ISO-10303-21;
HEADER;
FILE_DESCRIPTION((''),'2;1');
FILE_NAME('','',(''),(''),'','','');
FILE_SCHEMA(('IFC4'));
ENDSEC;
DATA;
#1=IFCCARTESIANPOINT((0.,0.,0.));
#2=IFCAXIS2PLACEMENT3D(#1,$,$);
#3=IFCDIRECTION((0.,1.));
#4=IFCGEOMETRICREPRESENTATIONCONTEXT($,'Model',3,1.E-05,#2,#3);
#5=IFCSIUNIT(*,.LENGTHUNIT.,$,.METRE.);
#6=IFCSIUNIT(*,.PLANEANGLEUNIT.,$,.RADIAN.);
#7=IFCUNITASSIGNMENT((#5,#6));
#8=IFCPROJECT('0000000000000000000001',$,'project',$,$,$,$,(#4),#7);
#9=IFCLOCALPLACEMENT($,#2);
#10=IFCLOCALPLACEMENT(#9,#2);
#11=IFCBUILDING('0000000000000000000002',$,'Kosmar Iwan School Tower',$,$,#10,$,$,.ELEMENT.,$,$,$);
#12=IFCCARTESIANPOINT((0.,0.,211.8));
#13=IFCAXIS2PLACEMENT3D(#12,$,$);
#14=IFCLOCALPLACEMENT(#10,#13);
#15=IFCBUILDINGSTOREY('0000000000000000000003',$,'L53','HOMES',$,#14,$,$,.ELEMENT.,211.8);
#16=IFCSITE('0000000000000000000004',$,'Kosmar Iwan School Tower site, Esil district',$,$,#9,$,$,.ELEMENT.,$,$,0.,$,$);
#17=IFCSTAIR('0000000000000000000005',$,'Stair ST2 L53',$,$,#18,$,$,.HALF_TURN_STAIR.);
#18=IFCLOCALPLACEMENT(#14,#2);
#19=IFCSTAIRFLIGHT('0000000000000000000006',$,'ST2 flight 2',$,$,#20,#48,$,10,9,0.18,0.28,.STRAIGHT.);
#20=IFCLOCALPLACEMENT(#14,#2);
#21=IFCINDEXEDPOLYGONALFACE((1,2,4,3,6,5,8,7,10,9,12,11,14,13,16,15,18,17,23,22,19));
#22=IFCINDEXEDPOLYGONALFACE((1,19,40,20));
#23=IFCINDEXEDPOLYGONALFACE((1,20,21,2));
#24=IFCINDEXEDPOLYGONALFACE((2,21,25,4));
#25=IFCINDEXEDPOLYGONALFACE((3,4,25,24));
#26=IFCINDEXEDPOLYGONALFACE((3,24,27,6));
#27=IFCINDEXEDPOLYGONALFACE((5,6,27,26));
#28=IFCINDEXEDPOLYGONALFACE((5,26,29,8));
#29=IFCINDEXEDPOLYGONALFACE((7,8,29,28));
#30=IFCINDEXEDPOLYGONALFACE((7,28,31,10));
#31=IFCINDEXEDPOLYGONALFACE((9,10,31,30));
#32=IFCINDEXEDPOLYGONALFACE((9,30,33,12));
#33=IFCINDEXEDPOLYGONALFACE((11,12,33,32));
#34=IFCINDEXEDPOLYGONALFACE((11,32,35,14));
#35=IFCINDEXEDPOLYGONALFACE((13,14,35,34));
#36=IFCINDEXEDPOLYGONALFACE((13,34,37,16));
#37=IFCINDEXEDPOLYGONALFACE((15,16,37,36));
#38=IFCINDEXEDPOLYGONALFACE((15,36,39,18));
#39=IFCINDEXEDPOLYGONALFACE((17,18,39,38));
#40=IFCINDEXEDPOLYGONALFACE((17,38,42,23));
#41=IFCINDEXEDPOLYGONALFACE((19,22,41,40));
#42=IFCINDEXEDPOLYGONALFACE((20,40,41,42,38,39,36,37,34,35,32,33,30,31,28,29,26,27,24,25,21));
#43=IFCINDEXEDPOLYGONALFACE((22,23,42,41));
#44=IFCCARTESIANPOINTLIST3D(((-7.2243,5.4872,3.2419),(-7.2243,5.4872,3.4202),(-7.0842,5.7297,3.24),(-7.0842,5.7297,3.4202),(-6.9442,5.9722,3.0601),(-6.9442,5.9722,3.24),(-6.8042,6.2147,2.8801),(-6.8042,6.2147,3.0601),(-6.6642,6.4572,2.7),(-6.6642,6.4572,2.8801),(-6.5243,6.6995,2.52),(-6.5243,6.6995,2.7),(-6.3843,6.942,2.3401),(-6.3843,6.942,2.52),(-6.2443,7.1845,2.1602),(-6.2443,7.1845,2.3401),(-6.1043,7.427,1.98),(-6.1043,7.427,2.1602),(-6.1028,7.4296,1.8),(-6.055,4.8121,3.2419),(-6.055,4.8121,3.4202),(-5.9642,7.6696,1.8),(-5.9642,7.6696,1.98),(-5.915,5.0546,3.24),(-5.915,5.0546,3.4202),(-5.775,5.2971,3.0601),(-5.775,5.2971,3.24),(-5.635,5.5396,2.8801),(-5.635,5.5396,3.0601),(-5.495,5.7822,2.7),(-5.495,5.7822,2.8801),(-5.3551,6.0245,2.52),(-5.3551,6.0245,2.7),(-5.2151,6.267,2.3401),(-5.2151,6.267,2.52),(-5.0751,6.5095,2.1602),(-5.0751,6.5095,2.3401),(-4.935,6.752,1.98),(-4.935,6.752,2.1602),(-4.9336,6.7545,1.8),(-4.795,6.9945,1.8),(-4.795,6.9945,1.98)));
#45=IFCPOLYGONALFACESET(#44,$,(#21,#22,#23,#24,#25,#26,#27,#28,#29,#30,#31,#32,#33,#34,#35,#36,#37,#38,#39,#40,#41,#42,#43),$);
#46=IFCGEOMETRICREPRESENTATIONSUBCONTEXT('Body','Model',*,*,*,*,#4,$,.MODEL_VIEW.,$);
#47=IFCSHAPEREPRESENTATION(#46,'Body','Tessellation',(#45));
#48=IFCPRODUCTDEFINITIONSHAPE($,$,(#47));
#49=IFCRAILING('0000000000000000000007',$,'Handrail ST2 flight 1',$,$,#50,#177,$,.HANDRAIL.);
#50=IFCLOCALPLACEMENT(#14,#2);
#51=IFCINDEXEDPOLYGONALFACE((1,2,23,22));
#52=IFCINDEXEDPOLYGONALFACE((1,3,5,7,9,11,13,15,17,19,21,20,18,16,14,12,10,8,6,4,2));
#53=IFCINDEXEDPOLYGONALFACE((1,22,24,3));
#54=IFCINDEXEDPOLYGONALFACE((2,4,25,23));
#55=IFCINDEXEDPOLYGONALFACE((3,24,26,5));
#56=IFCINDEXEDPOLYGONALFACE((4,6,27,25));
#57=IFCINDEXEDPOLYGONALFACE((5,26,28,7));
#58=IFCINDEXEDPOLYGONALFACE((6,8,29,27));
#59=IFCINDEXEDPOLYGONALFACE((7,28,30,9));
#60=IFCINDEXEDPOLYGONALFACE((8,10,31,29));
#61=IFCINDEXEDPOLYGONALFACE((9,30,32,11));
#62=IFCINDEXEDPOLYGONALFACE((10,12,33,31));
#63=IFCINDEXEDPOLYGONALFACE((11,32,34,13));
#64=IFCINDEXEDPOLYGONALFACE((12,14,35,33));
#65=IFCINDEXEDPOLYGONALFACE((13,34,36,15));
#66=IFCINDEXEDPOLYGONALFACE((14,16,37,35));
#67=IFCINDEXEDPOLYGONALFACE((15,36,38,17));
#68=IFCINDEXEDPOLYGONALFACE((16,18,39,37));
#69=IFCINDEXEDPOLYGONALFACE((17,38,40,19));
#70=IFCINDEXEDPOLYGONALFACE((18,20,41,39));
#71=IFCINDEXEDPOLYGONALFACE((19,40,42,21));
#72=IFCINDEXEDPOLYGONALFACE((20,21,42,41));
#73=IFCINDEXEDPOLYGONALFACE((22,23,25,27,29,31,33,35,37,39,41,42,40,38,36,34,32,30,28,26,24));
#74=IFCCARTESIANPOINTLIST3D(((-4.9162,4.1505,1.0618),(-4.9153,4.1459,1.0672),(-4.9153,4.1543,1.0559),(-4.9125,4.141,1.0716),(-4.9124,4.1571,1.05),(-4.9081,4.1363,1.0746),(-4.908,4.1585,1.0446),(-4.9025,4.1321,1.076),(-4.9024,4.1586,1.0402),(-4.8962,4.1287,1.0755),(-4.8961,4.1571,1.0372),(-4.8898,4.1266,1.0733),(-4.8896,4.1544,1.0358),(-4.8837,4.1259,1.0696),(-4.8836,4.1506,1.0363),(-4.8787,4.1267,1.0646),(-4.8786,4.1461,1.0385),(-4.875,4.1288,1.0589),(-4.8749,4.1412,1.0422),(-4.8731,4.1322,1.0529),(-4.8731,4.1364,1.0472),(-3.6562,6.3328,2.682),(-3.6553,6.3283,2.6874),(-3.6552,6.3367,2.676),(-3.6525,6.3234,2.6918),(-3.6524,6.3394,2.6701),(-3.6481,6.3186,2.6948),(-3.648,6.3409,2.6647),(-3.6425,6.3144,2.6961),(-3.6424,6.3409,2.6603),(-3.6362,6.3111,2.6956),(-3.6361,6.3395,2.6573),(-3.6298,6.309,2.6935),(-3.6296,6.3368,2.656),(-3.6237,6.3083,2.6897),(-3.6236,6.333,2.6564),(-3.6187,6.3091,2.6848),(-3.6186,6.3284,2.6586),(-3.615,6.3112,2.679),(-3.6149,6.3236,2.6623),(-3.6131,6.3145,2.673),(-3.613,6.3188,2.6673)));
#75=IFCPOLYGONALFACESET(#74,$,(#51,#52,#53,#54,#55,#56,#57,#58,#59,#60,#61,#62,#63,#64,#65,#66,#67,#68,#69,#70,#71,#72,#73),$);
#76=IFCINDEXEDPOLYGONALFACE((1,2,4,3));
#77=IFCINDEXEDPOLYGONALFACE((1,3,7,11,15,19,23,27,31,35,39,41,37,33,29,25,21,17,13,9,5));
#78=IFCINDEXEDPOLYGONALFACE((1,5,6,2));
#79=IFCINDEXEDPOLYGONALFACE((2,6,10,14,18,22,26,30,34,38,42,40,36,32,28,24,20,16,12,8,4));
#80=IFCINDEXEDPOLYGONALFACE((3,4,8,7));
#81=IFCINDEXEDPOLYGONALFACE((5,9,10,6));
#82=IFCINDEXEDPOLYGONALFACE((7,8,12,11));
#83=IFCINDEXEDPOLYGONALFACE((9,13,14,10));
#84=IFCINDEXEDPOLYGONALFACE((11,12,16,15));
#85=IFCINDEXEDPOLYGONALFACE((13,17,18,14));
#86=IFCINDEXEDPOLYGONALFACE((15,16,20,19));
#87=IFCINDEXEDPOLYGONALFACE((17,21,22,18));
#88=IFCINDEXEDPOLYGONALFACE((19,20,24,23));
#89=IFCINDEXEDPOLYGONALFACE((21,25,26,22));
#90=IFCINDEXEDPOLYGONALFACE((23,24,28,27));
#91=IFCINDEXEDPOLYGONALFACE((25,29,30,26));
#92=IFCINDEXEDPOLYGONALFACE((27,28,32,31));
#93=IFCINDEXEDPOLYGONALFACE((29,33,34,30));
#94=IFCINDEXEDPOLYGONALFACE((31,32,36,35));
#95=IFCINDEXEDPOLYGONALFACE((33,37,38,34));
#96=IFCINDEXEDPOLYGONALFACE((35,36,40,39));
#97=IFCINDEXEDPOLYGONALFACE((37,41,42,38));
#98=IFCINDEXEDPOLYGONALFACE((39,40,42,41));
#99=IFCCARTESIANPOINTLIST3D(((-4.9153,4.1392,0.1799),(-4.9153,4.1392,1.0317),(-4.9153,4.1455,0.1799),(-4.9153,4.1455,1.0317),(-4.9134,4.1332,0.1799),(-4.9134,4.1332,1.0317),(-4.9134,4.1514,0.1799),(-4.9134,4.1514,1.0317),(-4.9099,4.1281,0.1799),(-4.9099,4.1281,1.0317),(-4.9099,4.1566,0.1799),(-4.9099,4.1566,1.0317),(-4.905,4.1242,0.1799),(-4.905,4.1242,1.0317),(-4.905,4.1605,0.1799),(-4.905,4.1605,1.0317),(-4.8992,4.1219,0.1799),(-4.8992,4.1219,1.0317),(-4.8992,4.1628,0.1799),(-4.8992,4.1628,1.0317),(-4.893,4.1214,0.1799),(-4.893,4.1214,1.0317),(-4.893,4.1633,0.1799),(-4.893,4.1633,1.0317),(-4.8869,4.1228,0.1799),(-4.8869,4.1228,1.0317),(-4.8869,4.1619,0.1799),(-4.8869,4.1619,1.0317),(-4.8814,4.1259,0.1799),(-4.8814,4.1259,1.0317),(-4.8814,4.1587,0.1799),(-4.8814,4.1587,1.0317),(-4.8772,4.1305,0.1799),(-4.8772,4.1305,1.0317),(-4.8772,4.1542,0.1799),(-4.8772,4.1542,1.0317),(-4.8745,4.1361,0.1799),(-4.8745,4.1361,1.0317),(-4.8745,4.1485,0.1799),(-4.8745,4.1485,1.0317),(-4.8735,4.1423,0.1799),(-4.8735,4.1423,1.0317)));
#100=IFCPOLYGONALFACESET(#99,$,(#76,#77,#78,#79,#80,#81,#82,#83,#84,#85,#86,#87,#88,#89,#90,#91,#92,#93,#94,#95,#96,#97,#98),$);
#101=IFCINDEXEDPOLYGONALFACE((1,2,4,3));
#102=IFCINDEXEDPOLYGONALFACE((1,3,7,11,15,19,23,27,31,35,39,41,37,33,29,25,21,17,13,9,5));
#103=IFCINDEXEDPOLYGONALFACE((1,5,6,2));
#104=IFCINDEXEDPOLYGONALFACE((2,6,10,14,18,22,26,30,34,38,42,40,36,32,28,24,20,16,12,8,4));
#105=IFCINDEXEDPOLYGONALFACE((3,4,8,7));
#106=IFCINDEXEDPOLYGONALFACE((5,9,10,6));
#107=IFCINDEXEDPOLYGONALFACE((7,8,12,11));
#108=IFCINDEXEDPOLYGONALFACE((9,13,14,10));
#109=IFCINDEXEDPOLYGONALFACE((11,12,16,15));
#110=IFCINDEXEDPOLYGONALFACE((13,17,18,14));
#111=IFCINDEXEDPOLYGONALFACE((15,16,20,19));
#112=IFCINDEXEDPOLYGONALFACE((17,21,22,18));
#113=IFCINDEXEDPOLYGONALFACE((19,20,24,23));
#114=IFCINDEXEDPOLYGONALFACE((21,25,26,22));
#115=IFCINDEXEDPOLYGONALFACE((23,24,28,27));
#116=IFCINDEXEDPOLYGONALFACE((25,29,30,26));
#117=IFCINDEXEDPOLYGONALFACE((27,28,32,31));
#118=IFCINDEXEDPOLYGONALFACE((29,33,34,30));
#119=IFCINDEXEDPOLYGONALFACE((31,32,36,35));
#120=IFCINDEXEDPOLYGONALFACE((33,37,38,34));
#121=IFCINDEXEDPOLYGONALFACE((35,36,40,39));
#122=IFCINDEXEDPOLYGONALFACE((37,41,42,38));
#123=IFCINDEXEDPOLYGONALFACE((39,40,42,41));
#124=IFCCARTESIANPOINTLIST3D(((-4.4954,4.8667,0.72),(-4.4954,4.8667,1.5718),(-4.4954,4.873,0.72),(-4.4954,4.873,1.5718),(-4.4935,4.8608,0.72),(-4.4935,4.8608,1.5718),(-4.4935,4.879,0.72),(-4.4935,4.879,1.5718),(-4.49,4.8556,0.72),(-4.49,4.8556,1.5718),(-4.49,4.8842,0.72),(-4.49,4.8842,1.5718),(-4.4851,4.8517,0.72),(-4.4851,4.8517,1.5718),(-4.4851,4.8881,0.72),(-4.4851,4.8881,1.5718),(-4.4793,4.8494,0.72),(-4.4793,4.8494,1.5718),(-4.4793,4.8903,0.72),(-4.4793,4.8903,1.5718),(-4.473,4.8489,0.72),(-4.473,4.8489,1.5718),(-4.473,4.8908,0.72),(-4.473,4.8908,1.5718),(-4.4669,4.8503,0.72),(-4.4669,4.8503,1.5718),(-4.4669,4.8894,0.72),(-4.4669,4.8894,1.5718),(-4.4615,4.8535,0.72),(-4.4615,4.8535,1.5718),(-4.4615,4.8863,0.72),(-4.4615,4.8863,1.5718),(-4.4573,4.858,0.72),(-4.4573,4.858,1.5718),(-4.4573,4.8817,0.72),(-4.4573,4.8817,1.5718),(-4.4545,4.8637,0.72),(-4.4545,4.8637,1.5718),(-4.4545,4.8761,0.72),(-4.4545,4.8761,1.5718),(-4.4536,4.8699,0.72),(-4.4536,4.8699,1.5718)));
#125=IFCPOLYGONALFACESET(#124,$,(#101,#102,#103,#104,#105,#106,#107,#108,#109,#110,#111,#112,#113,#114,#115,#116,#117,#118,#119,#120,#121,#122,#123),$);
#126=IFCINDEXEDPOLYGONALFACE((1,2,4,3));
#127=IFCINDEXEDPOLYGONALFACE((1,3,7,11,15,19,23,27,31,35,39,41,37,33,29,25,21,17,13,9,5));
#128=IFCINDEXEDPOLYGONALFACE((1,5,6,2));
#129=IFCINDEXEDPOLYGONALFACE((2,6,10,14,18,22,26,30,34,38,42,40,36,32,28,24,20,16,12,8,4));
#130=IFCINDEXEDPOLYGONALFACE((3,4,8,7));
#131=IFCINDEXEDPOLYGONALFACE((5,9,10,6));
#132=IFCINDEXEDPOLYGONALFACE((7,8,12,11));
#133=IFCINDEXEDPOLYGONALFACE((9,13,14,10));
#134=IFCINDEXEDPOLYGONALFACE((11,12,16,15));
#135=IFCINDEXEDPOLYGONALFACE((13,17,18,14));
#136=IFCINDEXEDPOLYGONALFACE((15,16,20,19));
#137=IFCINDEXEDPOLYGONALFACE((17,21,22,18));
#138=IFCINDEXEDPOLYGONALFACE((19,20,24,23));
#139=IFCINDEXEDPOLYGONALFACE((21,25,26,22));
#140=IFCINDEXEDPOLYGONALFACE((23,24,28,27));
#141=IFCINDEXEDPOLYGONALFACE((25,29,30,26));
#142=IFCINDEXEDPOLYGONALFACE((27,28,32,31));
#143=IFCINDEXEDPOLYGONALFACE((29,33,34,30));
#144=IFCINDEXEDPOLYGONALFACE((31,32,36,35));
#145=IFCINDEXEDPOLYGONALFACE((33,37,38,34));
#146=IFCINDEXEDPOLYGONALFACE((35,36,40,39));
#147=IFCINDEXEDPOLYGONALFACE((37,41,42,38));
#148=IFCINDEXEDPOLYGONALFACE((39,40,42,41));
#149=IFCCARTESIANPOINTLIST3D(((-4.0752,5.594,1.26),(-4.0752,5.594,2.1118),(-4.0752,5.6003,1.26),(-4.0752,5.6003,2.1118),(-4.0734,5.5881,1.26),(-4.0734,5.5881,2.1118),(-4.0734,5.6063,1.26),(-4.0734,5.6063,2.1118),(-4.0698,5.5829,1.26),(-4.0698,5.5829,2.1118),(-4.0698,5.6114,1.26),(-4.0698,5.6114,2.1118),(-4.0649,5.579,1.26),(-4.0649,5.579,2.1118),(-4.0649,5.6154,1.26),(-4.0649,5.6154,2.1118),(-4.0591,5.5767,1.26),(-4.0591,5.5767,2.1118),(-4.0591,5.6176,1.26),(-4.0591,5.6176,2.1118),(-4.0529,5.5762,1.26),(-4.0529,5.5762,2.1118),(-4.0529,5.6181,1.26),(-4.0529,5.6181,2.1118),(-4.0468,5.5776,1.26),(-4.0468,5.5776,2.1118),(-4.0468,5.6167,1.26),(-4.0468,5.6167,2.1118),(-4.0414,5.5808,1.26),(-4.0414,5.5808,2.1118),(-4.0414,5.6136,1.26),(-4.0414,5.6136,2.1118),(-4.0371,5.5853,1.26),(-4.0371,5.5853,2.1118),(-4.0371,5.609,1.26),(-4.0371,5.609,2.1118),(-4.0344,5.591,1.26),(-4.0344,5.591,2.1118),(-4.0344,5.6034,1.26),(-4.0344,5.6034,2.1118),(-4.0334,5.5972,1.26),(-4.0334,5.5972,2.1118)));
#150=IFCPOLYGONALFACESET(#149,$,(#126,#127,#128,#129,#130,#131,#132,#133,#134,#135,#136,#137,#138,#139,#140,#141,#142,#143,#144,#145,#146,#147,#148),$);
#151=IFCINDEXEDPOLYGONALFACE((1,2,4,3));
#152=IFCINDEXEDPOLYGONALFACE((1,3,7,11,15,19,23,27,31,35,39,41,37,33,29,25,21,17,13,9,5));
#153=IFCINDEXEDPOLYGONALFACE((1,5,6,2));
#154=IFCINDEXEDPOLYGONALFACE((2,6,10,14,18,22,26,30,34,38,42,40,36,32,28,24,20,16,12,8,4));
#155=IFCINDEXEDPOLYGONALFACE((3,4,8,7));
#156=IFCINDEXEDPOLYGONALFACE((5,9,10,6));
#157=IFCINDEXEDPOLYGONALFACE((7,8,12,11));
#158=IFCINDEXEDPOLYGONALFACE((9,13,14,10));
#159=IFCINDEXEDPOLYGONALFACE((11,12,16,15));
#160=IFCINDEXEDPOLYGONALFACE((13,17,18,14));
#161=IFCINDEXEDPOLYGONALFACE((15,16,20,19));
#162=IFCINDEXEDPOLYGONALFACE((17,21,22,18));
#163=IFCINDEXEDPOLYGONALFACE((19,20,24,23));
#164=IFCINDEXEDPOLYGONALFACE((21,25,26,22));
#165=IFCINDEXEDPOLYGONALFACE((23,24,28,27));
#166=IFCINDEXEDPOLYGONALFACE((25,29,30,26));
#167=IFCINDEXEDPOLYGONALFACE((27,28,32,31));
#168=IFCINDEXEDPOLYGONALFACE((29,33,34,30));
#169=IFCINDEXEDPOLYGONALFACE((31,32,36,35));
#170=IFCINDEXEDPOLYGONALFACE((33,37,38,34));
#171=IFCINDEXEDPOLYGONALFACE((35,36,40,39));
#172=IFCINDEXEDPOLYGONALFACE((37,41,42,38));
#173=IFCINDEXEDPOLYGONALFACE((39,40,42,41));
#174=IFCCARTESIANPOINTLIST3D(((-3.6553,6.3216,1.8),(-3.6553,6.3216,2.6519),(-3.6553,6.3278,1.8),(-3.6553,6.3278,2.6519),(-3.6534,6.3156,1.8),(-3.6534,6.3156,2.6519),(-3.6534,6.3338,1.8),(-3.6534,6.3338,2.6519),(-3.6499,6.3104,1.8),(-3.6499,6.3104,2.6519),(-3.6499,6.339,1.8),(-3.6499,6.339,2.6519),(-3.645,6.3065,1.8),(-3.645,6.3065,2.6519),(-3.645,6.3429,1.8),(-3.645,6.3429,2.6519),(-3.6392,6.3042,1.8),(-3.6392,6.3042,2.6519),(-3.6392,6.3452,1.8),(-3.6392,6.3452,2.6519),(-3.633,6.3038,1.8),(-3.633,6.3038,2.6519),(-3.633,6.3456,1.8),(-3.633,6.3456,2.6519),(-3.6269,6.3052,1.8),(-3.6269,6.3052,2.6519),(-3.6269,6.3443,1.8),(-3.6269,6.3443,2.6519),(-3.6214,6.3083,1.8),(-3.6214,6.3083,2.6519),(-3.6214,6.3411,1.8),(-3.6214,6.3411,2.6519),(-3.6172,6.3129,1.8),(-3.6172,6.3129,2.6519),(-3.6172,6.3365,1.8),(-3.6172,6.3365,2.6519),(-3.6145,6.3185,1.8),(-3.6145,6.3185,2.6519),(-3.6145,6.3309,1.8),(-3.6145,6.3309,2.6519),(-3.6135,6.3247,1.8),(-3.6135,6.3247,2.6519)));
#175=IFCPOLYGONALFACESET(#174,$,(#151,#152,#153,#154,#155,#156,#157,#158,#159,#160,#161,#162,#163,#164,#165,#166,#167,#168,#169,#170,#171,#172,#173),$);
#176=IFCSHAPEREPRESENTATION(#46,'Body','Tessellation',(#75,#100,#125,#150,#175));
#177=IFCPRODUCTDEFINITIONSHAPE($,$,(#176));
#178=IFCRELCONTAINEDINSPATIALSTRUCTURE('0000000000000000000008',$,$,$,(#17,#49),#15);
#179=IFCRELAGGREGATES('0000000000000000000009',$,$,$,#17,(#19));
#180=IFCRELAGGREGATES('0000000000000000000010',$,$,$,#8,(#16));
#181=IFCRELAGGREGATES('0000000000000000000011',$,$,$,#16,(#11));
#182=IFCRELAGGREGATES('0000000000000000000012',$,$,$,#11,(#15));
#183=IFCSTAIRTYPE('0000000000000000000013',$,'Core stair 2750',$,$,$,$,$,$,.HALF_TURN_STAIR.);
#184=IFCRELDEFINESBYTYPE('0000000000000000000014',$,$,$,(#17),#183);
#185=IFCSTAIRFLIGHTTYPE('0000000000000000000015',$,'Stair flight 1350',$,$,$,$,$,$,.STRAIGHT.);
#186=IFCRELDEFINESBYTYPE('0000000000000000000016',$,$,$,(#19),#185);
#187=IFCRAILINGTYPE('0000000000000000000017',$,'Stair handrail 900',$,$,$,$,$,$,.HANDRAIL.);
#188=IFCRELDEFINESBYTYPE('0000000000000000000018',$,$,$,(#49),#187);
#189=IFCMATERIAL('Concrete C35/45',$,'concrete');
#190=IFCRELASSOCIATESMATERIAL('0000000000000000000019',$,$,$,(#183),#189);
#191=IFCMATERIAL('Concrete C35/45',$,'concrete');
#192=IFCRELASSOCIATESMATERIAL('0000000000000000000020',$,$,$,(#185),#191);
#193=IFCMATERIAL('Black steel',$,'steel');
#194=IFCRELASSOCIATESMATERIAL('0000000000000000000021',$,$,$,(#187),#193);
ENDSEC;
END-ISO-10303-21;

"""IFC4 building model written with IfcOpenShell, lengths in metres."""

from ifc_helpers import new_model, si_unit, direction, frame, origin, origin_2d, place, context, subcontext, project, spatial, polyline, circle, outline, extrude, material, type_object, element, aggregate, save


model = new_model("IFC4")

# Units and contexts
model_context = context("Model", 3, precision=1e-05, world=origin(), true_north=direction((0.0, 1.0)))
body_context = subcontext(model_context, "Body", "Model", "MODEL_VIEW")
ifc_project = project(units=[si_unit("LENGTHUNIT", "METRE"), si_unit("PLANEANGLEUNIT", "RADIAN")], contexts=[model_context])

# Site, building, storey
site_placement = place(None, origin())
site = spatial("IfcSite", under=ifc_project, at=site_placement, Name="Kosmar Iwan School Tower site, Esil district", CompositionType="ELEMENT", RefElevation=0.0)
building_placement = place(site_placement, origin())
building = spatial("IfcBuilding", under=site, at=building_placement, Name="Kosmar Iwan School Tower", CompositionType="ELEMENT")
storey_placement = place(building_placement, frame((0.0, 0.0, 211.8)))
storey = spatial("IfcBuildingStorey", under=building, at=storey_placement, Name="L53", Description="HOMES", CompositionType="ELEMENT", Elevation=211.8)

# Stair, stair flight
ifc_material_1 = material(Name="Concrete C35/45", Category="concrete")
stair_type = type_object("IfcStairType", Name="Core stair 2750", PredefinedType="HALF_TURN_STAIR", material=ifc_material_1)
stair_placement = place(storey_placement, origin())
stair = element("IfcStair", 1, at=stair_placement, inside=storey, type_object=stair_type, Name="Stair ST2 L53", PredefinedType="HALF_TURN_STAIR")
ifc_material_2 = material(Name="Concrete C35/45", Category="concrete")
stair_flight_type = type_object("IfcStairFlightType", Name="Stair flight 1350", PredefinedType="STRAIGHT", material=ifc_material_2)
stair_flight_1_placement = place(storey_placement, frame((-5.3796, 7.332, 1.8), z_axis=(0.0, 0.0, 1.0), x_axis=(-0.5, -0.866025, 0.0)))
stair_flight_1 = element("IfcStairFlight", 2, at=stair_flight_1_placement, type_object=stair_flight_type, Name="ST2 flight 2", NumberOfRisers=10, NumberOfTreads=9, PredefinedType="STRAIGHT", RiserHeight=0.18, TreadLength=0.28, context=body_context, shape_type="SweptSolid", body=[
    extrude(outline(polyline([(0.0, 0.0), (0.0, 0.1799), (0.28, 0.1799), (0.28, 0.3601), (0.5601, 0.3601), (0.5601, 0.54), (0.8401, 0.54), (0.8401, 0.72), (1.1201, 0.72), (1.1201, 0.8999), (1.3999, 0.8999), (1.3999, 1.0801), (1.6799, 1.0801), (1.6799, 1.26), (1.96, 1.26), (1.96, 1.4399), (2.24, 1.4399), (2.24, 1.6201), (2.52, 1.6201), (2.52, 1.8), (2.52, 1.4419), (0.2771, 0.0), (0.0, 0.0)])), frame((0.0, 0.675, 0.0), z_axis=(0.0, -1.0, 0.0), x_axis=(1.0, 0.0, 0.0)), (0.0, 0.0, 1.0), 1.3501),
])
aggregate(stair, [stair_flight_1])

# Railing
ifc_material_3 = material(Name="Black steel", Category="steel")
railing_type = type_object("IfcRailingType", Name="Stair handrail 900", PredefinedType="HANDRAIL", material=ifc_material_3)
railing_1_placement = place(storey_placement, frame((-4.8945, 4.1423, 0.1799)))
element("IfcRailing", 3, at=railing_1_placement, inside=storey, type_object=railing_type, Name="Handrail ST2 flight 1", PredefinedType="HANDRAIL", context=body_context, shape_type="SweptSolid", body=[
    extrude(circle(Radius=0.0239, at=origin_2d()), frame((0.0, 0.0, 0.876), z_axis=(0.420584, 0.728464, 0.540786), x_axis=(-0.866023, 0.500005, 0.0)), (0.0, 0.0, 1.0), 2.9958),
    extrude(circle(Radius=0.021, at=origin_2d()), origin(), (0.0, 0.0, 1.0), 0.8518),
    extrude(circle(Radius=0.021, at=origin_2d()), frame((0.4199, 0.7275, 0.54)), (0.0, 0.0, 1.0), 0.8518),
    extrude(circle(Radius=0.021, at=origin_2d()), frame((0.8401, 1.4548, 1.0801)), (0.0, 0.0, 1.0), 0.8518),
    extrude(circle(Radius=0.021, at=origin_2d()), frame((1.26, 2.1824, 1.6201)), (0.0, 0.0, 1.0), 0.8518),
])

save(model, "model.ifc")
